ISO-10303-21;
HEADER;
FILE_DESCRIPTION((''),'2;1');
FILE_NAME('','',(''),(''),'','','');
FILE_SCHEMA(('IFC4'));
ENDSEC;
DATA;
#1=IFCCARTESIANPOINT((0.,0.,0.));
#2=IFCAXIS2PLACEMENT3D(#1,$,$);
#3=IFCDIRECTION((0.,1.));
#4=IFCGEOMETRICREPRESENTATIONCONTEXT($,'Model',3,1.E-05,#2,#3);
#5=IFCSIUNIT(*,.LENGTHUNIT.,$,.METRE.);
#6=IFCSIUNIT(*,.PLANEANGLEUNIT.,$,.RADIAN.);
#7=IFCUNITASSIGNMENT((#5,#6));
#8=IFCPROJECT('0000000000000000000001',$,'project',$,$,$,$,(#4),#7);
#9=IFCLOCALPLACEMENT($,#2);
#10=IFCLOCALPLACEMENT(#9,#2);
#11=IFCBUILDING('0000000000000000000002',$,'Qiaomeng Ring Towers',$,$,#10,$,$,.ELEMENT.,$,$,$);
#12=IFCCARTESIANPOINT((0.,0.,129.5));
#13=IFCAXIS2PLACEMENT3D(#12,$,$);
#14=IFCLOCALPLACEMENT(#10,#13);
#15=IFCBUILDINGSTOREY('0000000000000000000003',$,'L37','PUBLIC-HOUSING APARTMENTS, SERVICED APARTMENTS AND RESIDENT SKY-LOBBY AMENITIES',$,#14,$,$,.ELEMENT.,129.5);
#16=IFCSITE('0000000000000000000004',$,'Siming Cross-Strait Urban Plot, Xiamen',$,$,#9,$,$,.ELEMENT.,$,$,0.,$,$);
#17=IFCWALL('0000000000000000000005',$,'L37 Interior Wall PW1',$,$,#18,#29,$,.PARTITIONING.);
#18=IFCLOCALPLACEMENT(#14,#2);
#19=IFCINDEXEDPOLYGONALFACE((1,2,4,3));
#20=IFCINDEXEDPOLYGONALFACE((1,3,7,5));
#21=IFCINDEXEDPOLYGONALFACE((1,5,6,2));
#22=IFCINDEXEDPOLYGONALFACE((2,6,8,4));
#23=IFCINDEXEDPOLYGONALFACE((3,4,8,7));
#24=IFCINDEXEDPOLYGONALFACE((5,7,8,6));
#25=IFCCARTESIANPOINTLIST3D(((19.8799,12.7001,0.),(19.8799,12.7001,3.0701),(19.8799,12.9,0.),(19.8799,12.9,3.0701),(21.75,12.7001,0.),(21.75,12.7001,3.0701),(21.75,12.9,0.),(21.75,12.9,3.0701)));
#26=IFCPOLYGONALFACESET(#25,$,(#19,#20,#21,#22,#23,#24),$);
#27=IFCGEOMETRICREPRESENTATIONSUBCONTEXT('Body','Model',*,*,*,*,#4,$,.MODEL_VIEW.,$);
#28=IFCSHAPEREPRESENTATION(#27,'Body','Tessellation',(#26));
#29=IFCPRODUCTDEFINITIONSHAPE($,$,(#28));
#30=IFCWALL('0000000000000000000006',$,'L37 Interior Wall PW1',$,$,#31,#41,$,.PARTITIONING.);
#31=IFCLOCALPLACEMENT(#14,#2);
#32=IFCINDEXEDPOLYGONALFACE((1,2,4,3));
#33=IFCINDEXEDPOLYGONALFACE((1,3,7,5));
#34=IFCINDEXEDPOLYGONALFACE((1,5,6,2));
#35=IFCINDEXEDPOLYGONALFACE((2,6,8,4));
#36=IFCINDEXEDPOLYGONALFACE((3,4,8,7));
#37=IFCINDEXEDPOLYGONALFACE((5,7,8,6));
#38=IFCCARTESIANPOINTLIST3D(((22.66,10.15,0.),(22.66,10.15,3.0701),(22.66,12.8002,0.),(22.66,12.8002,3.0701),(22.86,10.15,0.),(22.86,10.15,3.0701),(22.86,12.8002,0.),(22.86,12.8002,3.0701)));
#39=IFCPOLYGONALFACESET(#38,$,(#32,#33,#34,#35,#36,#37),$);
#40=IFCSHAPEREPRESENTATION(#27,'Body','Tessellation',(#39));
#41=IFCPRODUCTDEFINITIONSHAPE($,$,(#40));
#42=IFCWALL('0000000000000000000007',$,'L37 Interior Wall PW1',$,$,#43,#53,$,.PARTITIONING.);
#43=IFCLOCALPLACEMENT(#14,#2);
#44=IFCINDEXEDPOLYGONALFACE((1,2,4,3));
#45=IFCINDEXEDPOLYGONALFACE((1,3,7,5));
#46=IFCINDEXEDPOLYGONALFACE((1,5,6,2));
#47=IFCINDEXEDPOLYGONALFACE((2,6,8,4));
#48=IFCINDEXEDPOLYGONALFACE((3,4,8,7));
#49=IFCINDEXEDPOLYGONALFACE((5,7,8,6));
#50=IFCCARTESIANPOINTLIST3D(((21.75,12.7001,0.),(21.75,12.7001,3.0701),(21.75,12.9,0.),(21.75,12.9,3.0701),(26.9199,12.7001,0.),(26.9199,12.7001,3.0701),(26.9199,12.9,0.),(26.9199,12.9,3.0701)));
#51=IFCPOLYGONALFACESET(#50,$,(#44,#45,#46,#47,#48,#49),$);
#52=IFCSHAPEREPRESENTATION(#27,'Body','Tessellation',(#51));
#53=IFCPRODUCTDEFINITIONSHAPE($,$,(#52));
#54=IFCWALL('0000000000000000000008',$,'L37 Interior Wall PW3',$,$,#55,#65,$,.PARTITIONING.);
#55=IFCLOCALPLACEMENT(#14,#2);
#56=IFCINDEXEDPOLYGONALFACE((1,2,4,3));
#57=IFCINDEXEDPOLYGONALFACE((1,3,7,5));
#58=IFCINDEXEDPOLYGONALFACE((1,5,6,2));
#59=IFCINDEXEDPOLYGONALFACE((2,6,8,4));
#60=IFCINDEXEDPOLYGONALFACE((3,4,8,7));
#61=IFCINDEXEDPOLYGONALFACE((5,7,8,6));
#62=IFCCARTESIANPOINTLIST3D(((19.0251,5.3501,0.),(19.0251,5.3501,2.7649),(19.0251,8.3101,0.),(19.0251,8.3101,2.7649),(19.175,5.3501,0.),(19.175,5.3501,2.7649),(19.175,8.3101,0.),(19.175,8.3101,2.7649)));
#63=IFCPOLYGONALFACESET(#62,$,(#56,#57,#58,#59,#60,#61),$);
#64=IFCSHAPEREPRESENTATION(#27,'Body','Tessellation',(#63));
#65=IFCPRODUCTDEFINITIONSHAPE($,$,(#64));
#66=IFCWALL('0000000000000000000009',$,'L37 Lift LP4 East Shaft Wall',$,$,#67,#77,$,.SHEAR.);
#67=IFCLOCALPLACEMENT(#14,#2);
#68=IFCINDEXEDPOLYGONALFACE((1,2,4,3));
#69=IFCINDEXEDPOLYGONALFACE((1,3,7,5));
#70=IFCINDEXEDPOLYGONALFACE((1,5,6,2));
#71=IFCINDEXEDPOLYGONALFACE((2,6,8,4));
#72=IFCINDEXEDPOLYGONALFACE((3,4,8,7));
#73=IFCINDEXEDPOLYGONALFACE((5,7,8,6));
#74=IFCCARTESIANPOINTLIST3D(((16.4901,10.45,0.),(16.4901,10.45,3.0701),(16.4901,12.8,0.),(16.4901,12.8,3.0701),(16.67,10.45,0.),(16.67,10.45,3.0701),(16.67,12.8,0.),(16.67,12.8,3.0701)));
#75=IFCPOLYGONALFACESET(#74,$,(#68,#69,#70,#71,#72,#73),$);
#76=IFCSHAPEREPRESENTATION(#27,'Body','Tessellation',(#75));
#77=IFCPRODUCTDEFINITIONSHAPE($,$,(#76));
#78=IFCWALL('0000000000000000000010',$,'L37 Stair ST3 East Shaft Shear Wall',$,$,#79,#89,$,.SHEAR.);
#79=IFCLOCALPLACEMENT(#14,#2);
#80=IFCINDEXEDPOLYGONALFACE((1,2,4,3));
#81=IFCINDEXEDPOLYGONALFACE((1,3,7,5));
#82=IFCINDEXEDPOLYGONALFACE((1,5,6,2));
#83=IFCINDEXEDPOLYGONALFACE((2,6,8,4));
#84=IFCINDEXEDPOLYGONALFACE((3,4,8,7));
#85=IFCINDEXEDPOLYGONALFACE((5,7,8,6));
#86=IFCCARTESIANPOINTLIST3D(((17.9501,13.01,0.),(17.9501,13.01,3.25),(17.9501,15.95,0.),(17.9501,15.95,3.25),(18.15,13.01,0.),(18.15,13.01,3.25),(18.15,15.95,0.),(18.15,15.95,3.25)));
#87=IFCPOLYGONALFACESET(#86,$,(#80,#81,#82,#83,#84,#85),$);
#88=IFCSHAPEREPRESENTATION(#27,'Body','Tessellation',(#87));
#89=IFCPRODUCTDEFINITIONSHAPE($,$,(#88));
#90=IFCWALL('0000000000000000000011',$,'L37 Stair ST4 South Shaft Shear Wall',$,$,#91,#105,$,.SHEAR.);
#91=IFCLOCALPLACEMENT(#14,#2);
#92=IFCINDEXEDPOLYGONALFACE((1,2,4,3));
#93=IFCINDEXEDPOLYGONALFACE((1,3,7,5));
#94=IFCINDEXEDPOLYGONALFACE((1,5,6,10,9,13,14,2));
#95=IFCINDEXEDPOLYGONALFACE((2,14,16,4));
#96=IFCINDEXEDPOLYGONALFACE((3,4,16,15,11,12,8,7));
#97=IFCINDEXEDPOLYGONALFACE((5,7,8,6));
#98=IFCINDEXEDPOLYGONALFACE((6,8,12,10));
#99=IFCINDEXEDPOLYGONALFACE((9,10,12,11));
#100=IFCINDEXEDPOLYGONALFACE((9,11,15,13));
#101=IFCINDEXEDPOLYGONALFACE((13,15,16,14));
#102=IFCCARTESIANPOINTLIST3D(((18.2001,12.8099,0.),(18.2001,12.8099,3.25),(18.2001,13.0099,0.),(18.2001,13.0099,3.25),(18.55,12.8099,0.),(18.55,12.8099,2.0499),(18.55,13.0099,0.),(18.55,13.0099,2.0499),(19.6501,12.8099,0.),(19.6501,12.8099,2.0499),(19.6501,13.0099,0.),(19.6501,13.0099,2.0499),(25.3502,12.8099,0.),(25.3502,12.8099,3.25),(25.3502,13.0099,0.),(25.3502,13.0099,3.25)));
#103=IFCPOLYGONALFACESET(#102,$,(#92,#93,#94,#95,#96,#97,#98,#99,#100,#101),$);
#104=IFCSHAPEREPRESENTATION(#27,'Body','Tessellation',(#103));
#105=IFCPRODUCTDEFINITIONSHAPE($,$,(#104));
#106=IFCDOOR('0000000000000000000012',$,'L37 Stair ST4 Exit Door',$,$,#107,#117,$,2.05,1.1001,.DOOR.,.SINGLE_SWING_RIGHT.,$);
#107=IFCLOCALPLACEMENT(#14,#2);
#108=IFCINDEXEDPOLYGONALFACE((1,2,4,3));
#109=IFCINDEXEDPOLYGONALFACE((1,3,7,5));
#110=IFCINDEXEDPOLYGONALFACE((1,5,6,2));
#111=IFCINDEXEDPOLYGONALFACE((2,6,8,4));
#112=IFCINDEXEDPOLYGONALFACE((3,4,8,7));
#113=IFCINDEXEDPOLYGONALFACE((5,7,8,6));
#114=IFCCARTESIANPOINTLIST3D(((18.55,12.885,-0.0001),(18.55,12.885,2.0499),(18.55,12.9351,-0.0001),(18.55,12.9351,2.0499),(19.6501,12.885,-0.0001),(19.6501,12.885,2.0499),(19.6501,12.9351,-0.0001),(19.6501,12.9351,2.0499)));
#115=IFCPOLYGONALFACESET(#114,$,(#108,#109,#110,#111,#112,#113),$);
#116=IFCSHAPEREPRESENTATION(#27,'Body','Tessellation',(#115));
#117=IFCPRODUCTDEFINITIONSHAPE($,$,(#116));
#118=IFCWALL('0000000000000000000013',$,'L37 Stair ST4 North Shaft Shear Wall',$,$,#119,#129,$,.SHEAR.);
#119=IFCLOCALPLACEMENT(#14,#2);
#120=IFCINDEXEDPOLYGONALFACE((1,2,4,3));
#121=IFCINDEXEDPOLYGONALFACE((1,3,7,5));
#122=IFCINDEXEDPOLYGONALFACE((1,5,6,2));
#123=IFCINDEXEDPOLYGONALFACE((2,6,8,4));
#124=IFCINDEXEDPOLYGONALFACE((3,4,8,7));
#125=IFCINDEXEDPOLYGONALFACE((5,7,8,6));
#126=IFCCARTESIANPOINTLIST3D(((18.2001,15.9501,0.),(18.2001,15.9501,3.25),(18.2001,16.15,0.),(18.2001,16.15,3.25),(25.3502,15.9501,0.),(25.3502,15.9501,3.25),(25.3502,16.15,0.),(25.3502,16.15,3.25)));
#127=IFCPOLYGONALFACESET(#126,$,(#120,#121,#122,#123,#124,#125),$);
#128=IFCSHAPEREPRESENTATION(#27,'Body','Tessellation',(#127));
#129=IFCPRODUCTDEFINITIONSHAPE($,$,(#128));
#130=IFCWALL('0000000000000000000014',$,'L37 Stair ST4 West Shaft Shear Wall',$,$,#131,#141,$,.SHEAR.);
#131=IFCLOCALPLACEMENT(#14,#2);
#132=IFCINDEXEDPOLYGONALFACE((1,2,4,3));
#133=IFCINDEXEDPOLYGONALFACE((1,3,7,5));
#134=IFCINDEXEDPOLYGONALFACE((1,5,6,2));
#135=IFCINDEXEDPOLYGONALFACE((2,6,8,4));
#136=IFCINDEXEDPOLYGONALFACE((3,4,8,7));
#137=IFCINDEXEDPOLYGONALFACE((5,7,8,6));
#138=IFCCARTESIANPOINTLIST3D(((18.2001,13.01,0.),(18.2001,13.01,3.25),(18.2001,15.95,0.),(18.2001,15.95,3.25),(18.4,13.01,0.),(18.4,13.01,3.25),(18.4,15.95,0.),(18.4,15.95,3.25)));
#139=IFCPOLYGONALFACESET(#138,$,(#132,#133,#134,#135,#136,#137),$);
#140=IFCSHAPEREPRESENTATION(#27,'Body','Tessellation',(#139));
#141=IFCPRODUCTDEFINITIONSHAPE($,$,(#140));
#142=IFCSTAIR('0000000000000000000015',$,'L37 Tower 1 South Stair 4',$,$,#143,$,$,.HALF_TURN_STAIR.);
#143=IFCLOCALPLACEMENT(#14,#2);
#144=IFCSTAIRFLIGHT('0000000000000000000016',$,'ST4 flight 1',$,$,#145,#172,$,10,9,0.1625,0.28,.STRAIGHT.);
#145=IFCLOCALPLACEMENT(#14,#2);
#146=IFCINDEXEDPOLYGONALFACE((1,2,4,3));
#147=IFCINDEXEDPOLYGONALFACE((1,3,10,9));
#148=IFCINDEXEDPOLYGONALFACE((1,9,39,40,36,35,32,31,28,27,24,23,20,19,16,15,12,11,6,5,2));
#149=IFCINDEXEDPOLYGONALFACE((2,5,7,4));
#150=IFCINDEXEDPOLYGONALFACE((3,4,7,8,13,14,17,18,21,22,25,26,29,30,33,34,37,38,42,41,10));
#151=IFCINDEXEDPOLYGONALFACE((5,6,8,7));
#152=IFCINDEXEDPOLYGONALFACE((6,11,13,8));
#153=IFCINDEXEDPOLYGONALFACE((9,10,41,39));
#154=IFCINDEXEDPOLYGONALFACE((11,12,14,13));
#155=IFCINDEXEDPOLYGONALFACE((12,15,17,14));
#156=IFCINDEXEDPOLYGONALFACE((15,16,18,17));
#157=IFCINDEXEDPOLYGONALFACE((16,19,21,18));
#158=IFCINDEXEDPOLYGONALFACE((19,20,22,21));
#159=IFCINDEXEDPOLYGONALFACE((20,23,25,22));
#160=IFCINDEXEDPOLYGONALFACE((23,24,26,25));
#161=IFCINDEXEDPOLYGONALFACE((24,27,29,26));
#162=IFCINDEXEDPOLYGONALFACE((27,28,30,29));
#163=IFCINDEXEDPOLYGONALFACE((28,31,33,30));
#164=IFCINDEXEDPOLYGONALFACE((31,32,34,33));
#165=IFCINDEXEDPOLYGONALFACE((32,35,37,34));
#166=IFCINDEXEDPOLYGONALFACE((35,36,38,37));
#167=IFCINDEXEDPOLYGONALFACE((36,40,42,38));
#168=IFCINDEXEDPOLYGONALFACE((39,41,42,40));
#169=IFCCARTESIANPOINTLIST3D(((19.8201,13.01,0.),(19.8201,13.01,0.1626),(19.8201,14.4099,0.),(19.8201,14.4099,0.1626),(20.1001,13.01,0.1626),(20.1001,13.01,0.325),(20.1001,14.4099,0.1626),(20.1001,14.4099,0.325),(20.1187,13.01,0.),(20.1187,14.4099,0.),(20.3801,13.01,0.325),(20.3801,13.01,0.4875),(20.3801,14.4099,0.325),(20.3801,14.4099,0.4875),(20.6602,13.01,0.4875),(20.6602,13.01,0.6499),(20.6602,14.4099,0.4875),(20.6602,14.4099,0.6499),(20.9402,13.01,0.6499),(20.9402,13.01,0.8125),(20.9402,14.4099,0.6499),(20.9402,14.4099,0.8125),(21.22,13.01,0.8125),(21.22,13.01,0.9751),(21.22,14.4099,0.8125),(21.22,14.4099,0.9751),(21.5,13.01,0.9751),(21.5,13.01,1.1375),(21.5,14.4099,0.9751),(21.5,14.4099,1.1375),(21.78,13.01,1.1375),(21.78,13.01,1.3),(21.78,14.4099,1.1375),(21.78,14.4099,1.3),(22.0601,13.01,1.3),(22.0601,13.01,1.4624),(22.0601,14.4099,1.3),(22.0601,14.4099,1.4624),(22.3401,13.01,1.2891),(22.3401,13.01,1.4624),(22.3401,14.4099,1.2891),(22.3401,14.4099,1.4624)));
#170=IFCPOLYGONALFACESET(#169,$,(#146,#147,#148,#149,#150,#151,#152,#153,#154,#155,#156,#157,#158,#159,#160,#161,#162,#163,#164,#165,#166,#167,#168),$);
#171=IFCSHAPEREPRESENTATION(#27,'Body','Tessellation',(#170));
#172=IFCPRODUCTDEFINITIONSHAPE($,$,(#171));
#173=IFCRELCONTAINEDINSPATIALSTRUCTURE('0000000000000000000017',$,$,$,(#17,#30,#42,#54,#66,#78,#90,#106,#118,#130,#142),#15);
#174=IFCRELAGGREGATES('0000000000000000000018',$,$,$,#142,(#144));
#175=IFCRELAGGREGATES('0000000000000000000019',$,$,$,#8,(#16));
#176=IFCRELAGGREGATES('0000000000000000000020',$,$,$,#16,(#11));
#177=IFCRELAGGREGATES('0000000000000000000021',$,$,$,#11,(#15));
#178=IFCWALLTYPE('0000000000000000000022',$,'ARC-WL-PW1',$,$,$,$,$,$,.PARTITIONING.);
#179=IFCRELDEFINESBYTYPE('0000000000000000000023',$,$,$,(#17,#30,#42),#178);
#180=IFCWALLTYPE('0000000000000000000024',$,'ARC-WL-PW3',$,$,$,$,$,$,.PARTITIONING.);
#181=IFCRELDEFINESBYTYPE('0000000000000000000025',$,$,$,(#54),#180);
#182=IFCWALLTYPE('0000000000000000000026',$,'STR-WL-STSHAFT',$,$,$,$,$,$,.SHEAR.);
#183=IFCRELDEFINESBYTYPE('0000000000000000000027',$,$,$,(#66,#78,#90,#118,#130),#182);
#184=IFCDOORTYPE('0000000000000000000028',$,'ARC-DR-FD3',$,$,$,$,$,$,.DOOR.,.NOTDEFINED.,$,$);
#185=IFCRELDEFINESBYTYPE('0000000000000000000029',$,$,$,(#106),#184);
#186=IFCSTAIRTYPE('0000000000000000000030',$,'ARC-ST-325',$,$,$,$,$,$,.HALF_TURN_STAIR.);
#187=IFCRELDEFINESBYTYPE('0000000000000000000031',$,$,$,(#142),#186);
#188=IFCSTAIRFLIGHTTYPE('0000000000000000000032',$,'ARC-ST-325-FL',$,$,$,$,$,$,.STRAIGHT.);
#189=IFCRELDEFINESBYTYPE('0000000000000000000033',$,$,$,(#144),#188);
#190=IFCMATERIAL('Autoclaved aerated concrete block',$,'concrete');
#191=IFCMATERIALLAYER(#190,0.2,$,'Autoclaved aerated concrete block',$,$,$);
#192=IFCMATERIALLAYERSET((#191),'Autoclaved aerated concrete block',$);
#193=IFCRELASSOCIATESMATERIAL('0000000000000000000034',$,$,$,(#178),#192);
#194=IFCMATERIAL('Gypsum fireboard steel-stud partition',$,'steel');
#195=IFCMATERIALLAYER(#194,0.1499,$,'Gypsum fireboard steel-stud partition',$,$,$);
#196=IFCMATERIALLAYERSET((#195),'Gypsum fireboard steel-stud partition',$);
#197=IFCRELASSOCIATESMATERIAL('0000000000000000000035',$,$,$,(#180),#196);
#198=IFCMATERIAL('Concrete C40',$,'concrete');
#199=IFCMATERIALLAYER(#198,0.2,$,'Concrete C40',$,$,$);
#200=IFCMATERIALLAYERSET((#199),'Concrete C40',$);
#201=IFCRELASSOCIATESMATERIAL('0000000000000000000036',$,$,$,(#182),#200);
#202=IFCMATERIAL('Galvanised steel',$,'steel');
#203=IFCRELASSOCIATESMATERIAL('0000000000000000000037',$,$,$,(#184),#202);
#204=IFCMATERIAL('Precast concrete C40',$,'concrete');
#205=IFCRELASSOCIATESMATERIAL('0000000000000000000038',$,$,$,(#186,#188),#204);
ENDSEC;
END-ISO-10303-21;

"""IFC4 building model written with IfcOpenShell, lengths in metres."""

from ifc_helpers import new_model, si_unit, direction, frame, frame_2d, origin, place, context, subcontext, project, spatial, polyline, rectangle, outline, extrude, source, transform, mapped, material, layer, layer_set, type_object, element, fill, aggregate, save


model = new_model("IFC4")

# Units and contexts
model_context = context("Model", 3, precision=1e-05, world=origin(), true_north=direction((0.0, 1.0)))
body_context = subcontext(model_context, "Body", "Model", "MODEL_VIEW")
ifc_project = project(units=[si_unit("LENGTHUNIT", "METRE"), si_unit("PLANEANGLEUNIT", "RADIAN")], contexts=[model_context])

# Site, building, storey
site_placement = place(None, origin())
site = spatial("IfcSite", under=ifc_project, at=site_placement, Name="Siming Cross-Strait Urban Plot, Xiamen", CompositionType="ELEMENT", RefElevation=0.0)
building_placement = place(site_placement, origin())
building = spatial("IfcBuilding", under=site, at=building_placement, Name="Qiaomeng Ring Towers", CompositionType="ELEMENT")
storey_placement = place(building_placement, frame((0.0, 0.0, 129.5)))
storey = spatial("IfcBuildingStorey", under=building, at=storey_placement, Name="L37", Description="PUBLIC-HOUSING APARTMENTS, SERVICED APARTMENTS AND RESIDENT SKY-LOBBY AMENITIES", CompositionType="ELEMENT", Elevation=129.5)

# Walls
ifc_material_1 = material(Name="Autoclaved aerated concrete block", Category="concrete")
ifc_layer_1 = layer(ifc_material_1, 0.2, Name="Autoclaved aerated concrete block")
ifc_layer_set_1 = layer_set([ifc_layer_1], Name="Autoclaved aerated concrete block")
wall_type_1 = type_object("IfcWallType", Name="ARC-WL-PW1", PredefinedType="PARTITIONING", material=ifc_layer_set_1)
wall_1_placement = place(storey_placement, frame((19.8799, 12.8, 0.0), z_axis=(0.0, 0.0, 1.0), x_axis=(1.0, 0.0, 0.0)))
element("IfcWall", 1, at=wall_1_placement, inside=storey, type_object=wall_type_1, Name="L37 Interior Wall PW1", PredefinedType="PARTITIONING", context=body_context, shape_type="SweptSolid", body=[
    extrude(rectangle(XDim=1.8701, YDim=0.2, at=frame_2d((0.9351, 0.0))), origin(), (0.0, 0.0, 1.0), 3.0701),
])
wall_2_placement = place(storey_placement, frame((22.76, 10.1499, 0.0), z_axis=(0.0, 0.0, 1.0), x_axis=(0.0, 1.0, 0.0)))
element("IfcWall", 2, at=wall_2_placement, inside=storey, type_object=wall_type_1, Name="L37 Interior Wall PW1", PredefinedType="PARTITIONING", context=body_context, shape_type="SweptSolid", body=[
    extrude(rectangle(XDim=2.6501, YDim=0.2, at=frame_2d((1.3252, 0.0))), origin(), (0.0, 0.0, 1.0), 3.0701),
])
wall_3_placement = place(storey_placement, frame((21.75, 12.8, 0.0), z_axis=(0.0, 0.0, 1.0), x_axis=(1.0, 0.0, 0.0)))
element("IfcWall", 3, at=wall_3_placement, inside=storey, type_object=wall_type_1, Name="L37 Interior Wall PW1", PredefinedType="PARTITIONING", context=body_context, shape_type="SweptSolid", body=[
    extrude(rectangle(XDim=5.1699, YDim=0.2, at=frame_2d((2.585, 0.0))), origin(), (0.0, 0.0, 1.0), 3.0701),
])
ifc_material_2 = material(Name="Gypsum fireboard steel-stud partition", Category="steel")
ifc_layer_2 = layer(ifc_material_2, 0.1499, Name="Gypsum fireboard steel-stud partition")
ifc_layer_set_2 = layer_set([ifc_layer_2], Name="Gypsum fireboard steel-stud partition")
wall_type_2 = type_object("IfcWallType", Name="ARC-WL-PW3", PredefinedType="PARTITIONING", material=ifc_layer_set_2)
wall_4_placement = place(storey_placement, frame((19.1001, 5.3501, 0.0), z_axis=(0.0, 0.0, 1.0), x_axis=(0.0, 1.0, 0.0)))
element("IfcWall", 4, at=wall_4_placement, inside=storey, type_object=wall_type_2, Name="L37 Interior Wall PW3", PredefinedType="PARTITIONING", context=body_context, shape_type="SweptSolid", body=[
    extrude(rectangle(XDim=2.96, YDim=0.1499, at=frame_2d((1.48, 0.0))), origin(), (0.0, 0.0, 1.0), 2.7649),
])
ifc_material_3 = material(Name="Concrete C40", Category="concrete")
ifc_layer_3 = layer(ifc_material_3, 0.2, Name="Concrete C40")
ifc_layer_set_3 = layer_set([ifc_layer_3], Name="Concrete C40")
wall_type_3 = type_object("IfcWallType", Name="STR-WL-STSHAFT", PredefinedType="SHEAR", material=ifc_layer_set_3)
wall_5_placement = place(storey_placement, frame((16.5801, 10.45, 0.0), z_axis=(0.0, 0.0, 1.0), x_axis=(0.0, 1.0, 0.0)))
element("IfcWall", 5, at=wall_5_placement, inside=storey, type_object=wall_type_3, Name="L37 Lift LP4 East Shaft Wall", PredefinedType="SHEAR", context=body_context, shape_type="SweptSolid", body=[
    extrude(rectangle(XDim=2.3501, YDim=0.1799, at=frame_2d((1.175, 0.0))), origin(), (0.0, 0.0, 1.0), 3.0701),
])
wall_6_placement = place(storey_placement, frame((18.05, 13.01, 0.0), z_axis=(0.0, 0.0, 1.0), x_axis=(0.0, 1.0, 0.0)))
element("IfcWall", 6, at=wall_6_placement, inside=storey, type_object=wall_type_3, Name="L37 Stair ST3 East Shaft Shear Wall", PredefinedType="SHEAR", context=body_context, shape_type="SweptSolid", body=[
    extrude(rectangle(XDim=2.9399, YDim=0.2, at=frame_2d((1.47, 0.0))), origin(), (0.0, 0.0, 1.0), 3.25),
])

# Wall, opening, door
wall_7_placement = place(storey_placement, frame((18.2, 12.9099, 0.0), z_axis=(0.0, 0.0, 1.0), x_axis=(1.0, 0.0, 0.0)))
wall_7 = element("IfcWall", 7, at=wall_7_placement, inside=storey, type_object=wall_type_3, Name="L37 Stair ST4 South Shaft Shear Wall", PredefinedType="SHEAR", context=body_context, shape_type="SweptSolid", body=[
    extrude(rectangle(XDim=7.1501, YDim=0.2, at=frame_2d((3.5752, 0.0))), origin(), (0.0, 0.0, 1.0), 3.25),
])
opening_placement = place(wall_7_placement, frame((0.3501, 0.0, 0.0)))
opening = element("IfcOpeningElement", 8, at=opening_placement, cuts=wall_7, PredefinedType="OPENING", context=body_context, shape_type="SweptSolid", body=[
    extrude(rectangle(XDim=1.1001, YDim=2.05, at=frame_2d((0.55, 1.0249))), frame((0.0, 0.1099, 0.0), z_axis=(0.0, -1.0, 0.0), x_axis=(1.0, 0.0, 0.0)), (0.0, 0.0, 1.0), 0.22),
])
ifc_material_4 = material(Name="Galvanised steel", Category="steel")
door_type = type_object("IfcDoorType", Name="ARC-DR-FD3", OperationType="NOTDEFINED", PredefinedType="DOOR", material=ifc_material_4)
shared_shape_1 = source(origin(), body_context, "Body", "SweptSolid", [
    extrude(rectangle(XDim=1.1001, YDim=2.05, at=frame_2d((0.55, 1.0249))), frame((0.0, 0.0249, 0.0), z_axis=(0.0, -1.0, 0.0), x_axis=(1.0, 0.0, 0.0)), (0.0, 0.0, 1.0), 0.05),
])
door_placement = place(opening_placement, frame((1.1001, 0.0, 0.0), z_axis=(0.0, 0.0, 1.0), x_axis=(-1.0, 0.0, 0.0)))
door = element("IfcDoor", 9, at=door_placement, inside=storey, type_object=door_type, Name="L37 Stair ST4 Exit Door", OperationType="SINGLE_SWING_RIGHT", OverallHeight=2.05, OverallWidth=1.1001, PredefinedType="DOOR", context=body_context, shape_type="MappedRepresentation", body=[
    mapped(shared_shape_1, transform((0.0, 0.0, 0.0), x_axis=(1.0, 0.0, 0.0), y_axis=(0.0, 1.0, 0.0), z_axis=(0.0, 0.0, 1.0), scale=1.0)),
])
fill(opening, door)

# Walls
wall_8_placement = place(storey_placement, frame((18.2, 16.05, 0.0), z_axis=(0.0, 0.0, 1.0), x_axis=(1.0, 0.0, 0.0)))
element("IfcWall", 10, at=wall_8_placement, inside=storey, type_object=wall_type_3, Name="L37 Stair ST4 North Shaft Shear Wall", PredefinedType="SHEAR", context=body_context, shape_type="SweptSolid", body=[
    extrude(rectangle(XDim=7.1501, YDim=0.2, at=frame_2d((3.5752, 0.0))), origin(), (0.0, 0.0, 1.0), 3.25),
])
wall_9_placement = place(storey_placement, frame((18.3, 13.01, 0.0), z_axis=(0.0, 0.0, 1.0), x_axis=(0.0, 1.0, 0.0)))
element("IfcWall", 11, at=wall_9_placement, inside=storey, type_object=wall_type_3, Name="L37 Stair ST4 West Shaft Shear Wall", PredefinedType="SHEAR", context=body_context, shape_type="SweptSolid", body=[
    extrude(rectangle(XDim=2.9399, YDim=0.2, at=frame_2d((1.47, 0.0))), origin(), (0.0, 0.0, 1.0), 3.25),
])

# Stair, stair flight
ifc_material_5 = material(Name="Precast concrete C40", Category="concrete")
stair_type = type_object("IfcStairType", Name="ARC-ST-325", PredefinedType="HALF_TURN_STAIR", material=ifc_material_5)
stair_placement = place(storey_placement, origin())
stair = element("IfcStair", 12, at=stair_placement, inside=storey, type_object=stair_type, Name="L37 Tower 1 South Stair 4", PredefinedType="HALF_TURN_STAIR")
stair_flight_type = type_object("IfcStairFlightType", Name="ARC-ST-325-FL", PredefinedType="STRAIGHT", material=ifc_material_5)
shared_shape_2 = source(origin(), body_context, "Body", "SweptSolid", [
    extrude(outline(polyline([(0.0, 0.0), (0.0, 0.1626), (0.28, 0.1626), (0.28, 0.325), (0.5601, 0.325), (0.5601, 0.4875), (0.8401, 0.4875), (0.8401, 0.6499), (1.1201, 0.6499), (1.1201, 0.8125), (1.3999, 0.8125), (1.3999, 0.9751), (1.6799, 0.9751), (1.6799, 1.1375), (1.96, 1.1375), (1.96, 1.3), (2.24, 1.3), (2.24, 1.4624), (2.52, 1.4624), (2.52, 1.625), (2.52, 1.2891), (0.2986, 0.0), (0.0, 0.0)])), frame((0.0, 0.7, 0.0), z_axis=(0.0, -1.0, 0.0), x_axis=(1.0, 0.0, 0.0)), (0.0, 0.0, 1.0), 1.3999),
])
stair_flight_1_placement = place(storey_placement, frame((19.8201, 13.71, 0.0), z_axis=(0.0, 0.0, 1.0), x_axis=(1.0, 0.0, 0.0)))
stair_flight_1 = element("IfcStairFlight", 13, at=stair_flight_1_placement, type_object=stair_flight_type, Name="ST4 flight 1", NumberOfRisers=10, NumberOfTreads=9, PredefinedType="STRAIGHT", RiserHeight=0.1625, TreadLength=0.28, context=body_context, shape_type="MappedRepresentation", body=[
    mapped(shared_shape_2, transform((0.0, 0.0, 0.0), x_axis=(1.0, 0.0, 0.0), y_axis=(0.0, 1.0, 0.0), z_axis=(0.0, 0.0, 1.0), scale=1.0)),
])
aggregate(stair, [stair_flight_1])

save(model, "model.ifc")
